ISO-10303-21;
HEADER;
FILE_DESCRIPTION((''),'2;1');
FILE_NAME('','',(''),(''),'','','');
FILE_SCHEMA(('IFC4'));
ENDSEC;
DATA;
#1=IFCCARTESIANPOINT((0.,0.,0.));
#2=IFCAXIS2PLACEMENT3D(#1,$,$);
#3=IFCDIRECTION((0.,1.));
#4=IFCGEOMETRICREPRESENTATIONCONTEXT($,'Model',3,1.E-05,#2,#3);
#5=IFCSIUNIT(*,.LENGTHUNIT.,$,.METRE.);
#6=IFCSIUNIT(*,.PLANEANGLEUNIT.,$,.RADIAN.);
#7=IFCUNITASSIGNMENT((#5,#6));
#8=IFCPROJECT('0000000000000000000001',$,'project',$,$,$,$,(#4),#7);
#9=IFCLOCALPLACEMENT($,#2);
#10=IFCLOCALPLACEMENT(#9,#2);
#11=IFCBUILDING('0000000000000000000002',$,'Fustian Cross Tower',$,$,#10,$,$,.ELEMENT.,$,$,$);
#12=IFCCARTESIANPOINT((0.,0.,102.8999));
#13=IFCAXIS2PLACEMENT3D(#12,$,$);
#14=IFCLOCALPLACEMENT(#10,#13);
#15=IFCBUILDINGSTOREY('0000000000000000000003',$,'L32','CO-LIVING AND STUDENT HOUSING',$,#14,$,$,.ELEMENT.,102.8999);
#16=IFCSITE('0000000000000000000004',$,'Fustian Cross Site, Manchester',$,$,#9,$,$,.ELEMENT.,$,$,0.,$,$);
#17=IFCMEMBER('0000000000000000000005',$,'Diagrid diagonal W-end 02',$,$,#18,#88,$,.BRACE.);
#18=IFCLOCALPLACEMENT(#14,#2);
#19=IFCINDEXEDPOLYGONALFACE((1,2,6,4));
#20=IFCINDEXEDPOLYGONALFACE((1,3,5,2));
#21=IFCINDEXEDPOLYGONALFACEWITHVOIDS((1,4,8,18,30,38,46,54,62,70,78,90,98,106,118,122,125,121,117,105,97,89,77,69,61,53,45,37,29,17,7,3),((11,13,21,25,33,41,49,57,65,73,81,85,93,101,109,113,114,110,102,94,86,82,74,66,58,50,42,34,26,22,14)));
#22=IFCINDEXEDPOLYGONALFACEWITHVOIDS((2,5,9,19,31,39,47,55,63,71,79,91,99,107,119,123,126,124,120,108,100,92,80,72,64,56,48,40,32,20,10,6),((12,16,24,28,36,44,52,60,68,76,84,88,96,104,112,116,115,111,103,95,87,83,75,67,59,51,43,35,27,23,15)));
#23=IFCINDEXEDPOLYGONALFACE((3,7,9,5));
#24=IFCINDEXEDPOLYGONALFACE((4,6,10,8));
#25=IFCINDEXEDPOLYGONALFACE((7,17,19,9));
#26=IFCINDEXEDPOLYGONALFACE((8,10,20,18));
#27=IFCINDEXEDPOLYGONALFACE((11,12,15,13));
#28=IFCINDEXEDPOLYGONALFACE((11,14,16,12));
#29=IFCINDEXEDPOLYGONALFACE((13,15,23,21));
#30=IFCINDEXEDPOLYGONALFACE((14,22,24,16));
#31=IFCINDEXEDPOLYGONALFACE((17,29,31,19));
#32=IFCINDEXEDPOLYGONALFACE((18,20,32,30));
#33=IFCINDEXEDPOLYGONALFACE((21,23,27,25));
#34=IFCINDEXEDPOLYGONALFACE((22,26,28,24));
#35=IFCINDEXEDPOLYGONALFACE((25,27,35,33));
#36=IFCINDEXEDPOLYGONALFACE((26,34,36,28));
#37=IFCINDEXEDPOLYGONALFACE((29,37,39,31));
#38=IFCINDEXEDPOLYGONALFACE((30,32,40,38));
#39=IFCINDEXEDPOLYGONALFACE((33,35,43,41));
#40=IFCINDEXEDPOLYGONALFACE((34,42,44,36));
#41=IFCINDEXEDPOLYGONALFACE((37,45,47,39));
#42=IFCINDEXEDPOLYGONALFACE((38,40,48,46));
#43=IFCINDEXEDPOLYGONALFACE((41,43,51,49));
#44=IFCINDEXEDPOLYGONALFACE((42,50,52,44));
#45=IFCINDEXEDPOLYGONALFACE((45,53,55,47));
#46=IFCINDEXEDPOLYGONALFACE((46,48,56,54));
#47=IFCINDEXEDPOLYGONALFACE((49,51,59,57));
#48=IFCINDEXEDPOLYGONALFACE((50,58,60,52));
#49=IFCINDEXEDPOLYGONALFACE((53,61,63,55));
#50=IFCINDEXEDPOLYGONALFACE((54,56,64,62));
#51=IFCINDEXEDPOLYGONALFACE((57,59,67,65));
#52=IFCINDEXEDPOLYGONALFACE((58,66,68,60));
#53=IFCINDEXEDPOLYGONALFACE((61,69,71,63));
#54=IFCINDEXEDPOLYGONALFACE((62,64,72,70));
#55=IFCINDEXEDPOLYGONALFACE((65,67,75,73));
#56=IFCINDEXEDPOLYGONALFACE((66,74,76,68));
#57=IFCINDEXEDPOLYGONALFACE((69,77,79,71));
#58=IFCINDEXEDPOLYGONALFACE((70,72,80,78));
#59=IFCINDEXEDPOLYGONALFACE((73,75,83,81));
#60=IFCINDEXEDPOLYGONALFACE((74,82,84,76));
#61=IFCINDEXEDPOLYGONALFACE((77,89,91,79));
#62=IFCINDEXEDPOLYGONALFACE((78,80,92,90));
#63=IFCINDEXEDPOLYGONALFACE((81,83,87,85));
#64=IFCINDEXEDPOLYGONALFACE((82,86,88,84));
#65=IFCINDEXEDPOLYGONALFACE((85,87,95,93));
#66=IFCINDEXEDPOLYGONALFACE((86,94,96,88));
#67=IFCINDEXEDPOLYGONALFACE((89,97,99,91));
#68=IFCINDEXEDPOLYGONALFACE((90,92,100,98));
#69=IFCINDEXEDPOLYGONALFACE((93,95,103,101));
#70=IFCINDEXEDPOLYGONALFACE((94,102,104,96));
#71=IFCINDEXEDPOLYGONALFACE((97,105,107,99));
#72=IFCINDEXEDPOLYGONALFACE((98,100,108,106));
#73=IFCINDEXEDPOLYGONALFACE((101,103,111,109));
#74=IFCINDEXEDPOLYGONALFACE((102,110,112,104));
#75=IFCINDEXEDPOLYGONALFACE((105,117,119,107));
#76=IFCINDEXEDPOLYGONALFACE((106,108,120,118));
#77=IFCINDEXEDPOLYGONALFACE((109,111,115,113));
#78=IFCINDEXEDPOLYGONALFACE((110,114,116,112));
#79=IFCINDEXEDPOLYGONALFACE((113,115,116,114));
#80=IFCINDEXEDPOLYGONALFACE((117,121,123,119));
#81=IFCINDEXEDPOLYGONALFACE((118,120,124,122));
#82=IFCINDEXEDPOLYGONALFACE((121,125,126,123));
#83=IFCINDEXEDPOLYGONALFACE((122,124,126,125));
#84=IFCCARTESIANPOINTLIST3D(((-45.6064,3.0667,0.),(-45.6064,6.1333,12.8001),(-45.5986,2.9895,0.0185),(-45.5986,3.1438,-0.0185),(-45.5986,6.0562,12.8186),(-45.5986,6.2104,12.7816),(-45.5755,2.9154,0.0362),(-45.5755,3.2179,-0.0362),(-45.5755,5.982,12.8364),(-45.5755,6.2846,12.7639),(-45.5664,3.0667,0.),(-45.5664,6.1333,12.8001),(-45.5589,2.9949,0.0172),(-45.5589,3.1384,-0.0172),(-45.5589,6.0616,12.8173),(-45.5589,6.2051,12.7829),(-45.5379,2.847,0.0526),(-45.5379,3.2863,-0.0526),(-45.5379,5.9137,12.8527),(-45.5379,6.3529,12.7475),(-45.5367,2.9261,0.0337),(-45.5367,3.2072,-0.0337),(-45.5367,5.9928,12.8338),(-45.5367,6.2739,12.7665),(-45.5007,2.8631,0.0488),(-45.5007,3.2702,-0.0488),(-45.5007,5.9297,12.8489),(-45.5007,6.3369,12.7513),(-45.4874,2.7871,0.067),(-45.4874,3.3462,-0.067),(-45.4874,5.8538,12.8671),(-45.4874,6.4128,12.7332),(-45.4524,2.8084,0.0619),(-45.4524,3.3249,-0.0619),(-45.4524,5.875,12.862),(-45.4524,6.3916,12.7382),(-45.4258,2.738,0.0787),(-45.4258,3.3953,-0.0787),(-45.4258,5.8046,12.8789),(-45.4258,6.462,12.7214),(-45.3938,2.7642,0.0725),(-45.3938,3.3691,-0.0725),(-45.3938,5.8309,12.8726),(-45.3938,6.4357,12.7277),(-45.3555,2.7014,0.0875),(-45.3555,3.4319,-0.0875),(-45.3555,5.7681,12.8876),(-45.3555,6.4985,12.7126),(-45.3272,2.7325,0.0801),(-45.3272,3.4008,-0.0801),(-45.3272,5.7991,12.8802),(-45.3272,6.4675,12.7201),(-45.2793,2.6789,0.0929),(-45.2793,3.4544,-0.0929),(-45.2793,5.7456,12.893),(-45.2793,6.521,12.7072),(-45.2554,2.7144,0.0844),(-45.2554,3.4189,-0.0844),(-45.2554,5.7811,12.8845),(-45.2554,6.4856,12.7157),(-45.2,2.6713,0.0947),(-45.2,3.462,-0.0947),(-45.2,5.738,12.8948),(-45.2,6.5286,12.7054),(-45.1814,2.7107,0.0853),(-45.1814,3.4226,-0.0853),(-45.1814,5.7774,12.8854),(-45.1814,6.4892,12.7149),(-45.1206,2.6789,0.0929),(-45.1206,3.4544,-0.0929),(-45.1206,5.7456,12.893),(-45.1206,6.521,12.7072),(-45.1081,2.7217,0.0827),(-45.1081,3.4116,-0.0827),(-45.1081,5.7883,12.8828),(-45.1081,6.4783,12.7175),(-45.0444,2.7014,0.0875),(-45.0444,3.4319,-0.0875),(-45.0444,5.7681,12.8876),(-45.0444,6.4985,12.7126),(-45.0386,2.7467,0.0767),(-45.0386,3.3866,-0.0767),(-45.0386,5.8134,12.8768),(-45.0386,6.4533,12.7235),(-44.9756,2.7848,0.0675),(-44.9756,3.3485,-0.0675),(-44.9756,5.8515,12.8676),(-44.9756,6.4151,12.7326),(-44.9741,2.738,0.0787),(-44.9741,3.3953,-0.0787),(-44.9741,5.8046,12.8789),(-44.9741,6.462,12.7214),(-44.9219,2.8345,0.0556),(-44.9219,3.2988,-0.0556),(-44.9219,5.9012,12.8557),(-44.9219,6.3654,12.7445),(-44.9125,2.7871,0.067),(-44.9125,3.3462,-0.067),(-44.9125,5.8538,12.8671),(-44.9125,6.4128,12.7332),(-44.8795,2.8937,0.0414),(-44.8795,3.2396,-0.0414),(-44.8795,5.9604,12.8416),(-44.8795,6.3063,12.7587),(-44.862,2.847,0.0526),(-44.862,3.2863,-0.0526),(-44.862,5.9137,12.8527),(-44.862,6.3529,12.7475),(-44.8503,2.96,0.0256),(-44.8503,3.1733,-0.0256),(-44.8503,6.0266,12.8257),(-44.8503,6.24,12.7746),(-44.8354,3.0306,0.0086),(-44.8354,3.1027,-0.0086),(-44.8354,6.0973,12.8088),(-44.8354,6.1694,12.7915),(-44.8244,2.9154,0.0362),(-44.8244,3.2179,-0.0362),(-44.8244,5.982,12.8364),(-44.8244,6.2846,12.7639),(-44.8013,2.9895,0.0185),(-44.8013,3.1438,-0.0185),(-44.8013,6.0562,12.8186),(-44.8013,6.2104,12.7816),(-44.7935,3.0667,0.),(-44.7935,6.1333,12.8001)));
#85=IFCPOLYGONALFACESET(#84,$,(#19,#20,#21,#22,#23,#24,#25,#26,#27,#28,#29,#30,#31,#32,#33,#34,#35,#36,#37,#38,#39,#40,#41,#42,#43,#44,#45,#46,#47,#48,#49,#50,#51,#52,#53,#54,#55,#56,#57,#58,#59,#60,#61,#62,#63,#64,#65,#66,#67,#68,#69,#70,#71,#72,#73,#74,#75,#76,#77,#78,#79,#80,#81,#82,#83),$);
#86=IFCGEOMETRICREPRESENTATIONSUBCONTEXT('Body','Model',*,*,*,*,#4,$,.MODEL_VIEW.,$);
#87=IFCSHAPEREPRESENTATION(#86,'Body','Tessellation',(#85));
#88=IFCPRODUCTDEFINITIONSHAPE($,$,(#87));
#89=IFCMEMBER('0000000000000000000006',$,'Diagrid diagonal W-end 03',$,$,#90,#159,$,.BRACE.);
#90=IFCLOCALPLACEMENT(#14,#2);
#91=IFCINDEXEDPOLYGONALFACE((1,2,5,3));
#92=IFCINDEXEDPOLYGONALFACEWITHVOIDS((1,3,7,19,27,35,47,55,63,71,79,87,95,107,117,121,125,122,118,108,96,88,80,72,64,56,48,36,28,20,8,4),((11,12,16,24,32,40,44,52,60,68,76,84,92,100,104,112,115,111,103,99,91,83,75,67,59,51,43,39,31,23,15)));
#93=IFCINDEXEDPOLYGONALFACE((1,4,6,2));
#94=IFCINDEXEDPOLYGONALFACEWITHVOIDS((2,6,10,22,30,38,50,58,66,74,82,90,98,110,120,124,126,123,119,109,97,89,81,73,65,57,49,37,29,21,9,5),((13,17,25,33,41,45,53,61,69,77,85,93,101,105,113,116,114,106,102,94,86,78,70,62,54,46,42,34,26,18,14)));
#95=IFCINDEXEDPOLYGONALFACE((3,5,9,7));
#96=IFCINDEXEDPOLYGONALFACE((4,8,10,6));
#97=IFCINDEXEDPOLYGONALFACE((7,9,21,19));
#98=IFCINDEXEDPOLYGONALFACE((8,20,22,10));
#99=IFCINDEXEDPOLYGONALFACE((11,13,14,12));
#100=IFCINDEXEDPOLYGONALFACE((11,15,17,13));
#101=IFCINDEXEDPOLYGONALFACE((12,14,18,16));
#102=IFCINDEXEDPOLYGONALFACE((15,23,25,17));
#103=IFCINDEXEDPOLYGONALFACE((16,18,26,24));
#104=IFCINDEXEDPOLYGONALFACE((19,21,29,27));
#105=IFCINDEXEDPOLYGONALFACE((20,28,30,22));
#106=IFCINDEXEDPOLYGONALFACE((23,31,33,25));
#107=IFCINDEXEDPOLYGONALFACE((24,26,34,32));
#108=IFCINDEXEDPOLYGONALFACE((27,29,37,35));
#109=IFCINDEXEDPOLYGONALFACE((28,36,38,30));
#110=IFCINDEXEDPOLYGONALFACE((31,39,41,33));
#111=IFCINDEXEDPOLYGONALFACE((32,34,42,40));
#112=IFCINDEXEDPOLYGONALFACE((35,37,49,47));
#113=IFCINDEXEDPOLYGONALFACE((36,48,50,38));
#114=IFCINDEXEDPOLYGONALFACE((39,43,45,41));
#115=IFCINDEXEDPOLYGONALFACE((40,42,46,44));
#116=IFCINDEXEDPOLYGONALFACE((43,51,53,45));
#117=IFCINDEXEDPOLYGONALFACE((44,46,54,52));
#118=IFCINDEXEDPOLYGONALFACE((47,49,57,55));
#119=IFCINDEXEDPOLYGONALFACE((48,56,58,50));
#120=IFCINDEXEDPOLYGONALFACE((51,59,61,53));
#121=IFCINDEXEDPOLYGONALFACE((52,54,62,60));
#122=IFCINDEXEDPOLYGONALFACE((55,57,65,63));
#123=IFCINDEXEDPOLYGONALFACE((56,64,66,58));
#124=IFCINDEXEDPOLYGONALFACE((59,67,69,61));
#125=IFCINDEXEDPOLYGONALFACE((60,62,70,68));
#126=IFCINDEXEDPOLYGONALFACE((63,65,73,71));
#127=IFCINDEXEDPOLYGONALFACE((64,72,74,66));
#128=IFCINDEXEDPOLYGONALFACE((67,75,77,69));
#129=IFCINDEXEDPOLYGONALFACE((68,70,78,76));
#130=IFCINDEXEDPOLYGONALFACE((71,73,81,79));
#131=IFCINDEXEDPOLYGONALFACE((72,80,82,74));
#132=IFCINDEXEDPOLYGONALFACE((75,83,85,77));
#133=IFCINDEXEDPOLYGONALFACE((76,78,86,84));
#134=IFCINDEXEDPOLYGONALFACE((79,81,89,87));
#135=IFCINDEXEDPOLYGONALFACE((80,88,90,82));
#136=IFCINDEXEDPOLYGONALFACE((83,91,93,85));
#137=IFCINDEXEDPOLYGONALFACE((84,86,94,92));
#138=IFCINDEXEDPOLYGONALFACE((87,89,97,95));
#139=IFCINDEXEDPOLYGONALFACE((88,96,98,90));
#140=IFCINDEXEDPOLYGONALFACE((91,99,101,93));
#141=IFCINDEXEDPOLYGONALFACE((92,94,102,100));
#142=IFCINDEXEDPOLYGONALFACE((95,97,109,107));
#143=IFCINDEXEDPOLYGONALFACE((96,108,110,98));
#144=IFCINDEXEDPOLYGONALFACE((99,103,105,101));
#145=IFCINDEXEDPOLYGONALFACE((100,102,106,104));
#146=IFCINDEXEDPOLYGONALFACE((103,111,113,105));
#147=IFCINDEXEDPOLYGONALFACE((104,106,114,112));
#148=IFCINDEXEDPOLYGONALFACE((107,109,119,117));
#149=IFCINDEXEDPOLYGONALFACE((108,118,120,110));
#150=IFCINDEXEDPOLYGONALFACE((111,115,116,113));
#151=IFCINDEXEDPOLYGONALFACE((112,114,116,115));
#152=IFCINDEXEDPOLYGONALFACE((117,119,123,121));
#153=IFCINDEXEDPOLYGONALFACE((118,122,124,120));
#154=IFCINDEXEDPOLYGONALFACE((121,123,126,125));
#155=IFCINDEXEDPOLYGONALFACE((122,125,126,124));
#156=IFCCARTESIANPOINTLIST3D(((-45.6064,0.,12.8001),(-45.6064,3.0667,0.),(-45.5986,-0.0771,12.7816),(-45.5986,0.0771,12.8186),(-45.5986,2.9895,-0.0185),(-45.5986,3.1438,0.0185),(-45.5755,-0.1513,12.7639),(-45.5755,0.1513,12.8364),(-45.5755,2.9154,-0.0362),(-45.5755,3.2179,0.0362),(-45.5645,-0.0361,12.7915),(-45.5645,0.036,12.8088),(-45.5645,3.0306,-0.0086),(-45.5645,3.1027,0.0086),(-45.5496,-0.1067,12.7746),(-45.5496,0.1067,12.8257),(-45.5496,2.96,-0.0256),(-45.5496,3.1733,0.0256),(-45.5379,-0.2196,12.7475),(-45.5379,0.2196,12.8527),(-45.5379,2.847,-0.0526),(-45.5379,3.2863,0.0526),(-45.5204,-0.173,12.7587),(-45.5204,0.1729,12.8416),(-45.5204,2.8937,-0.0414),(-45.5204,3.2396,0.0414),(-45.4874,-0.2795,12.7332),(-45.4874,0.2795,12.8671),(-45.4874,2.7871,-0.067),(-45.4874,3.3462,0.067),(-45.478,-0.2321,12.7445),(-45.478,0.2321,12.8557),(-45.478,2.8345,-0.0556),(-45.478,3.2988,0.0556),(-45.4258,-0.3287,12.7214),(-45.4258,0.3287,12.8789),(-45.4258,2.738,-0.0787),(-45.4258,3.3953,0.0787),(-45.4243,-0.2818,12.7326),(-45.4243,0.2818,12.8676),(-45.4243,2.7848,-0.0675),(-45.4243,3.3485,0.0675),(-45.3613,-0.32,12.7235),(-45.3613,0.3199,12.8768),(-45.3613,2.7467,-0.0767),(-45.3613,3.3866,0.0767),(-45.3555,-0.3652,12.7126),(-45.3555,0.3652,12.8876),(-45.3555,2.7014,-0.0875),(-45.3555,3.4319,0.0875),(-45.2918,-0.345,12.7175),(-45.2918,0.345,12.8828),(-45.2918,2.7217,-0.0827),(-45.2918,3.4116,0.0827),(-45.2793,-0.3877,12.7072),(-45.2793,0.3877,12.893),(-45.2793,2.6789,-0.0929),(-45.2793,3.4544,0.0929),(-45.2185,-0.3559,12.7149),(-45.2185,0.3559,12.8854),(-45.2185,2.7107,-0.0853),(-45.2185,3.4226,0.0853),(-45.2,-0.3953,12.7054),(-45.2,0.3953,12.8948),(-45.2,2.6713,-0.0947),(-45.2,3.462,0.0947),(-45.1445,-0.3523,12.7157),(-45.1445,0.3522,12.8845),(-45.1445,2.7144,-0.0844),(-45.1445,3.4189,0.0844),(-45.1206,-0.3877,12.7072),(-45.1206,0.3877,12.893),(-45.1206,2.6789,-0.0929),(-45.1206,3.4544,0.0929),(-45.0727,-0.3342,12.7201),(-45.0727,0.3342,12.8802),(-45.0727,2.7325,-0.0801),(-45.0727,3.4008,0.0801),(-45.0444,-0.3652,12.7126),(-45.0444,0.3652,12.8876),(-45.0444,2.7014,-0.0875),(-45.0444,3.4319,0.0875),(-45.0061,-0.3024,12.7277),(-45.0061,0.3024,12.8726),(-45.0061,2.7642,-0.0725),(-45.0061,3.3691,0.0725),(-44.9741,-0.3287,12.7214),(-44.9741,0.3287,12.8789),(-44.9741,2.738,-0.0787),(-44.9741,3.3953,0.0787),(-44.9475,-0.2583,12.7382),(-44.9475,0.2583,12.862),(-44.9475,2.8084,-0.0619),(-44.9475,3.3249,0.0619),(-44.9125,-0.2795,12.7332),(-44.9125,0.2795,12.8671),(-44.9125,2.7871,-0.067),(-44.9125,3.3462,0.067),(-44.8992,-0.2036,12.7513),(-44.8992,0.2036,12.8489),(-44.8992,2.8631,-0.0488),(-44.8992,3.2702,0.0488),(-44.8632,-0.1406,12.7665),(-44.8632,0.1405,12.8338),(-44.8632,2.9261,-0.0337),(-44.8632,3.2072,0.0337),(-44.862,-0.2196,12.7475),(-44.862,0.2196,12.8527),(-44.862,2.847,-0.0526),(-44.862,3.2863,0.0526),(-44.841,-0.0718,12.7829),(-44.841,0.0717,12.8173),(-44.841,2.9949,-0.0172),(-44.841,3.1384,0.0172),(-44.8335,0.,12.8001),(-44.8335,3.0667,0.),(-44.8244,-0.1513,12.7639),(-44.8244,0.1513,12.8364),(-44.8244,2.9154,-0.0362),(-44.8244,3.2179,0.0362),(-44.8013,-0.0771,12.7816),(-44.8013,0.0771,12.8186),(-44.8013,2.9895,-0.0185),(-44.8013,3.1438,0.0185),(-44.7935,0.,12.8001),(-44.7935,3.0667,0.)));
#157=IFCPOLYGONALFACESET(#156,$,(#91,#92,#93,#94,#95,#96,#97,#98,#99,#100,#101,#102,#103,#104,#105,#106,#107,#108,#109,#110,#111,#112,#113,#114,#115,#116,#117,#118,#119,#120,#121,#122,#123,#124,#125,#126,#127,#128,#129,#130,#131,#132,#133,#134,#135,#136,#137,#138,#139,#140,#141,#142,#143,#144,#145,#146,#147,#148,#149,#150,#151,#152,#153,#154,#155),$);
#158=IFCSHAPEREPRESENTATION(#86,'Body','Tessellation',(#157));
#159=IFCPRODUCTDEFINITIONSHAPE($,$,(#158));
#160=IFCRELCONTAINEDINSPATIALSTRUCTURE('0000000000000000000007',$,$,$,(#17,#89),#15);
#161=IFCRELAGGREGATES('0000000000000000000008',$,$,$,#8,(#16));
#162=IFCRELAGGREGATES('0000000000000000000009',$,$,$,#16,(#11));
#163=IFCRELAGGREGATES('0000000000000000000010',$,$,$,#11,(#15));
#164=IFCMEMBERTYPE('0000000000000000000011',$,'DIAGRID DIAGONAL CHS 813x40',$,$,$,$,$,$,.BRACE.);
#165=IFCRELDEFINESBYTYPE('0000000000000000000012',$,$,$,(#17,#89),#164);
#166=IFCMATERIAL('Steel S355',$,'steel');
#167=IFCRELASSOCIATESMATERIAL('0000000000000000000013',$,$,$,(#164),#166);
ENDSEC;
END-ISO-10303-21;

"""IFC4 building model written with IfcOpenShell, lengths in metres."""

from ifc_helpers import new_model, si_unit, direction, frame, origin, origin_2d, place, context, subcontext, project, spatial, hollow_circle, extrude, material, material_profile, profile_set, type_object, element, save


model = new_model("IFC4")

# Units and contexts
model_context = context("Model", 3, precision=1e-05, world=origin(), true_north=direction((0.0, 1.0)))
body_context = subcontext(model_context, "Body", "Model", "MODEL_VIEW")
ifc_project = project(units=[si_unit("LENGTHUNIT", "METRE"), si_unit("PLANEANGLEUNIT", "RADIAN")], contexts=[model_context])

# Site, building, storey
site_placement = place(None, origin())
site = spatial("IfcSite", under=ifc_project, at=site_placement, Name="Fustian Cross Site, Manchester", CompositionType="ELEMENT", RefElevation=0.0)
building_placement = place(site_placement, origin())
building = spatial("IfcBuilding", under=site, at=building_placement, Name="Fustian Cross Tower", CompositionType="ELEMENT")
storey_placement = place(building_placement, frame((0.0, 0.0, 102.8999)))
storey = spatial("IfcBuildingStorey", under=building, at=storey_placement, Name="L32", Description="CO-LIVING AND STUDENT HOUSING", CompositionType="ELEMENT", Elevation=102.8999)

# Members
ifc_material_1 = material(Name="Steel S355", Category="steel")
ifc_material_profile_1 = material_profile(ifc_material_1, hollow_circle(Radius=0.4065, WallThickness=0.04, at=origin_2d()), Name="CHS 813x40")
ifc_profile_set_1 = profile_set([ifc_material_profile_1], Name="Steel S355")
member_type_1 = type_object("IfcMemberType", Name="DIAGRID DIAGONAL CHS 813x40", PredefinedType="BRACE", material=ifc_profile_set_1)
for number, where, z_axis, x_axis, name in (
    (1, (-45.2, 3.0667, 0.0), (0.0, 0.232988, 0.97248), (-1.0, 0.0, 0.0), "Diagrid diagonal W-end 02"),
    (2, (-45.2, 3.0667, 0.0), (0.0, -0.232988, 0.97248), (1.0, 0.0, 0.0), "Diagrid diagonal W-end 03"),
):
    element("IfcMember", number, at=place(storey_placement, frame(where, z_axis=z_axis, x_axis=x_axis)), inside=storey, type_object=member_type_1, Name=name, PredefinedType="BRACE", context=body_context, shape_type="SweptSolid", body=[
        extrude(hollow_circle(Radius=0.4065, WallThickness=0.04, at=origin_2d()), origin(), (0.0, 0.0, 1.0), 13.1624),
    ])

save(model, "model.ifc")
